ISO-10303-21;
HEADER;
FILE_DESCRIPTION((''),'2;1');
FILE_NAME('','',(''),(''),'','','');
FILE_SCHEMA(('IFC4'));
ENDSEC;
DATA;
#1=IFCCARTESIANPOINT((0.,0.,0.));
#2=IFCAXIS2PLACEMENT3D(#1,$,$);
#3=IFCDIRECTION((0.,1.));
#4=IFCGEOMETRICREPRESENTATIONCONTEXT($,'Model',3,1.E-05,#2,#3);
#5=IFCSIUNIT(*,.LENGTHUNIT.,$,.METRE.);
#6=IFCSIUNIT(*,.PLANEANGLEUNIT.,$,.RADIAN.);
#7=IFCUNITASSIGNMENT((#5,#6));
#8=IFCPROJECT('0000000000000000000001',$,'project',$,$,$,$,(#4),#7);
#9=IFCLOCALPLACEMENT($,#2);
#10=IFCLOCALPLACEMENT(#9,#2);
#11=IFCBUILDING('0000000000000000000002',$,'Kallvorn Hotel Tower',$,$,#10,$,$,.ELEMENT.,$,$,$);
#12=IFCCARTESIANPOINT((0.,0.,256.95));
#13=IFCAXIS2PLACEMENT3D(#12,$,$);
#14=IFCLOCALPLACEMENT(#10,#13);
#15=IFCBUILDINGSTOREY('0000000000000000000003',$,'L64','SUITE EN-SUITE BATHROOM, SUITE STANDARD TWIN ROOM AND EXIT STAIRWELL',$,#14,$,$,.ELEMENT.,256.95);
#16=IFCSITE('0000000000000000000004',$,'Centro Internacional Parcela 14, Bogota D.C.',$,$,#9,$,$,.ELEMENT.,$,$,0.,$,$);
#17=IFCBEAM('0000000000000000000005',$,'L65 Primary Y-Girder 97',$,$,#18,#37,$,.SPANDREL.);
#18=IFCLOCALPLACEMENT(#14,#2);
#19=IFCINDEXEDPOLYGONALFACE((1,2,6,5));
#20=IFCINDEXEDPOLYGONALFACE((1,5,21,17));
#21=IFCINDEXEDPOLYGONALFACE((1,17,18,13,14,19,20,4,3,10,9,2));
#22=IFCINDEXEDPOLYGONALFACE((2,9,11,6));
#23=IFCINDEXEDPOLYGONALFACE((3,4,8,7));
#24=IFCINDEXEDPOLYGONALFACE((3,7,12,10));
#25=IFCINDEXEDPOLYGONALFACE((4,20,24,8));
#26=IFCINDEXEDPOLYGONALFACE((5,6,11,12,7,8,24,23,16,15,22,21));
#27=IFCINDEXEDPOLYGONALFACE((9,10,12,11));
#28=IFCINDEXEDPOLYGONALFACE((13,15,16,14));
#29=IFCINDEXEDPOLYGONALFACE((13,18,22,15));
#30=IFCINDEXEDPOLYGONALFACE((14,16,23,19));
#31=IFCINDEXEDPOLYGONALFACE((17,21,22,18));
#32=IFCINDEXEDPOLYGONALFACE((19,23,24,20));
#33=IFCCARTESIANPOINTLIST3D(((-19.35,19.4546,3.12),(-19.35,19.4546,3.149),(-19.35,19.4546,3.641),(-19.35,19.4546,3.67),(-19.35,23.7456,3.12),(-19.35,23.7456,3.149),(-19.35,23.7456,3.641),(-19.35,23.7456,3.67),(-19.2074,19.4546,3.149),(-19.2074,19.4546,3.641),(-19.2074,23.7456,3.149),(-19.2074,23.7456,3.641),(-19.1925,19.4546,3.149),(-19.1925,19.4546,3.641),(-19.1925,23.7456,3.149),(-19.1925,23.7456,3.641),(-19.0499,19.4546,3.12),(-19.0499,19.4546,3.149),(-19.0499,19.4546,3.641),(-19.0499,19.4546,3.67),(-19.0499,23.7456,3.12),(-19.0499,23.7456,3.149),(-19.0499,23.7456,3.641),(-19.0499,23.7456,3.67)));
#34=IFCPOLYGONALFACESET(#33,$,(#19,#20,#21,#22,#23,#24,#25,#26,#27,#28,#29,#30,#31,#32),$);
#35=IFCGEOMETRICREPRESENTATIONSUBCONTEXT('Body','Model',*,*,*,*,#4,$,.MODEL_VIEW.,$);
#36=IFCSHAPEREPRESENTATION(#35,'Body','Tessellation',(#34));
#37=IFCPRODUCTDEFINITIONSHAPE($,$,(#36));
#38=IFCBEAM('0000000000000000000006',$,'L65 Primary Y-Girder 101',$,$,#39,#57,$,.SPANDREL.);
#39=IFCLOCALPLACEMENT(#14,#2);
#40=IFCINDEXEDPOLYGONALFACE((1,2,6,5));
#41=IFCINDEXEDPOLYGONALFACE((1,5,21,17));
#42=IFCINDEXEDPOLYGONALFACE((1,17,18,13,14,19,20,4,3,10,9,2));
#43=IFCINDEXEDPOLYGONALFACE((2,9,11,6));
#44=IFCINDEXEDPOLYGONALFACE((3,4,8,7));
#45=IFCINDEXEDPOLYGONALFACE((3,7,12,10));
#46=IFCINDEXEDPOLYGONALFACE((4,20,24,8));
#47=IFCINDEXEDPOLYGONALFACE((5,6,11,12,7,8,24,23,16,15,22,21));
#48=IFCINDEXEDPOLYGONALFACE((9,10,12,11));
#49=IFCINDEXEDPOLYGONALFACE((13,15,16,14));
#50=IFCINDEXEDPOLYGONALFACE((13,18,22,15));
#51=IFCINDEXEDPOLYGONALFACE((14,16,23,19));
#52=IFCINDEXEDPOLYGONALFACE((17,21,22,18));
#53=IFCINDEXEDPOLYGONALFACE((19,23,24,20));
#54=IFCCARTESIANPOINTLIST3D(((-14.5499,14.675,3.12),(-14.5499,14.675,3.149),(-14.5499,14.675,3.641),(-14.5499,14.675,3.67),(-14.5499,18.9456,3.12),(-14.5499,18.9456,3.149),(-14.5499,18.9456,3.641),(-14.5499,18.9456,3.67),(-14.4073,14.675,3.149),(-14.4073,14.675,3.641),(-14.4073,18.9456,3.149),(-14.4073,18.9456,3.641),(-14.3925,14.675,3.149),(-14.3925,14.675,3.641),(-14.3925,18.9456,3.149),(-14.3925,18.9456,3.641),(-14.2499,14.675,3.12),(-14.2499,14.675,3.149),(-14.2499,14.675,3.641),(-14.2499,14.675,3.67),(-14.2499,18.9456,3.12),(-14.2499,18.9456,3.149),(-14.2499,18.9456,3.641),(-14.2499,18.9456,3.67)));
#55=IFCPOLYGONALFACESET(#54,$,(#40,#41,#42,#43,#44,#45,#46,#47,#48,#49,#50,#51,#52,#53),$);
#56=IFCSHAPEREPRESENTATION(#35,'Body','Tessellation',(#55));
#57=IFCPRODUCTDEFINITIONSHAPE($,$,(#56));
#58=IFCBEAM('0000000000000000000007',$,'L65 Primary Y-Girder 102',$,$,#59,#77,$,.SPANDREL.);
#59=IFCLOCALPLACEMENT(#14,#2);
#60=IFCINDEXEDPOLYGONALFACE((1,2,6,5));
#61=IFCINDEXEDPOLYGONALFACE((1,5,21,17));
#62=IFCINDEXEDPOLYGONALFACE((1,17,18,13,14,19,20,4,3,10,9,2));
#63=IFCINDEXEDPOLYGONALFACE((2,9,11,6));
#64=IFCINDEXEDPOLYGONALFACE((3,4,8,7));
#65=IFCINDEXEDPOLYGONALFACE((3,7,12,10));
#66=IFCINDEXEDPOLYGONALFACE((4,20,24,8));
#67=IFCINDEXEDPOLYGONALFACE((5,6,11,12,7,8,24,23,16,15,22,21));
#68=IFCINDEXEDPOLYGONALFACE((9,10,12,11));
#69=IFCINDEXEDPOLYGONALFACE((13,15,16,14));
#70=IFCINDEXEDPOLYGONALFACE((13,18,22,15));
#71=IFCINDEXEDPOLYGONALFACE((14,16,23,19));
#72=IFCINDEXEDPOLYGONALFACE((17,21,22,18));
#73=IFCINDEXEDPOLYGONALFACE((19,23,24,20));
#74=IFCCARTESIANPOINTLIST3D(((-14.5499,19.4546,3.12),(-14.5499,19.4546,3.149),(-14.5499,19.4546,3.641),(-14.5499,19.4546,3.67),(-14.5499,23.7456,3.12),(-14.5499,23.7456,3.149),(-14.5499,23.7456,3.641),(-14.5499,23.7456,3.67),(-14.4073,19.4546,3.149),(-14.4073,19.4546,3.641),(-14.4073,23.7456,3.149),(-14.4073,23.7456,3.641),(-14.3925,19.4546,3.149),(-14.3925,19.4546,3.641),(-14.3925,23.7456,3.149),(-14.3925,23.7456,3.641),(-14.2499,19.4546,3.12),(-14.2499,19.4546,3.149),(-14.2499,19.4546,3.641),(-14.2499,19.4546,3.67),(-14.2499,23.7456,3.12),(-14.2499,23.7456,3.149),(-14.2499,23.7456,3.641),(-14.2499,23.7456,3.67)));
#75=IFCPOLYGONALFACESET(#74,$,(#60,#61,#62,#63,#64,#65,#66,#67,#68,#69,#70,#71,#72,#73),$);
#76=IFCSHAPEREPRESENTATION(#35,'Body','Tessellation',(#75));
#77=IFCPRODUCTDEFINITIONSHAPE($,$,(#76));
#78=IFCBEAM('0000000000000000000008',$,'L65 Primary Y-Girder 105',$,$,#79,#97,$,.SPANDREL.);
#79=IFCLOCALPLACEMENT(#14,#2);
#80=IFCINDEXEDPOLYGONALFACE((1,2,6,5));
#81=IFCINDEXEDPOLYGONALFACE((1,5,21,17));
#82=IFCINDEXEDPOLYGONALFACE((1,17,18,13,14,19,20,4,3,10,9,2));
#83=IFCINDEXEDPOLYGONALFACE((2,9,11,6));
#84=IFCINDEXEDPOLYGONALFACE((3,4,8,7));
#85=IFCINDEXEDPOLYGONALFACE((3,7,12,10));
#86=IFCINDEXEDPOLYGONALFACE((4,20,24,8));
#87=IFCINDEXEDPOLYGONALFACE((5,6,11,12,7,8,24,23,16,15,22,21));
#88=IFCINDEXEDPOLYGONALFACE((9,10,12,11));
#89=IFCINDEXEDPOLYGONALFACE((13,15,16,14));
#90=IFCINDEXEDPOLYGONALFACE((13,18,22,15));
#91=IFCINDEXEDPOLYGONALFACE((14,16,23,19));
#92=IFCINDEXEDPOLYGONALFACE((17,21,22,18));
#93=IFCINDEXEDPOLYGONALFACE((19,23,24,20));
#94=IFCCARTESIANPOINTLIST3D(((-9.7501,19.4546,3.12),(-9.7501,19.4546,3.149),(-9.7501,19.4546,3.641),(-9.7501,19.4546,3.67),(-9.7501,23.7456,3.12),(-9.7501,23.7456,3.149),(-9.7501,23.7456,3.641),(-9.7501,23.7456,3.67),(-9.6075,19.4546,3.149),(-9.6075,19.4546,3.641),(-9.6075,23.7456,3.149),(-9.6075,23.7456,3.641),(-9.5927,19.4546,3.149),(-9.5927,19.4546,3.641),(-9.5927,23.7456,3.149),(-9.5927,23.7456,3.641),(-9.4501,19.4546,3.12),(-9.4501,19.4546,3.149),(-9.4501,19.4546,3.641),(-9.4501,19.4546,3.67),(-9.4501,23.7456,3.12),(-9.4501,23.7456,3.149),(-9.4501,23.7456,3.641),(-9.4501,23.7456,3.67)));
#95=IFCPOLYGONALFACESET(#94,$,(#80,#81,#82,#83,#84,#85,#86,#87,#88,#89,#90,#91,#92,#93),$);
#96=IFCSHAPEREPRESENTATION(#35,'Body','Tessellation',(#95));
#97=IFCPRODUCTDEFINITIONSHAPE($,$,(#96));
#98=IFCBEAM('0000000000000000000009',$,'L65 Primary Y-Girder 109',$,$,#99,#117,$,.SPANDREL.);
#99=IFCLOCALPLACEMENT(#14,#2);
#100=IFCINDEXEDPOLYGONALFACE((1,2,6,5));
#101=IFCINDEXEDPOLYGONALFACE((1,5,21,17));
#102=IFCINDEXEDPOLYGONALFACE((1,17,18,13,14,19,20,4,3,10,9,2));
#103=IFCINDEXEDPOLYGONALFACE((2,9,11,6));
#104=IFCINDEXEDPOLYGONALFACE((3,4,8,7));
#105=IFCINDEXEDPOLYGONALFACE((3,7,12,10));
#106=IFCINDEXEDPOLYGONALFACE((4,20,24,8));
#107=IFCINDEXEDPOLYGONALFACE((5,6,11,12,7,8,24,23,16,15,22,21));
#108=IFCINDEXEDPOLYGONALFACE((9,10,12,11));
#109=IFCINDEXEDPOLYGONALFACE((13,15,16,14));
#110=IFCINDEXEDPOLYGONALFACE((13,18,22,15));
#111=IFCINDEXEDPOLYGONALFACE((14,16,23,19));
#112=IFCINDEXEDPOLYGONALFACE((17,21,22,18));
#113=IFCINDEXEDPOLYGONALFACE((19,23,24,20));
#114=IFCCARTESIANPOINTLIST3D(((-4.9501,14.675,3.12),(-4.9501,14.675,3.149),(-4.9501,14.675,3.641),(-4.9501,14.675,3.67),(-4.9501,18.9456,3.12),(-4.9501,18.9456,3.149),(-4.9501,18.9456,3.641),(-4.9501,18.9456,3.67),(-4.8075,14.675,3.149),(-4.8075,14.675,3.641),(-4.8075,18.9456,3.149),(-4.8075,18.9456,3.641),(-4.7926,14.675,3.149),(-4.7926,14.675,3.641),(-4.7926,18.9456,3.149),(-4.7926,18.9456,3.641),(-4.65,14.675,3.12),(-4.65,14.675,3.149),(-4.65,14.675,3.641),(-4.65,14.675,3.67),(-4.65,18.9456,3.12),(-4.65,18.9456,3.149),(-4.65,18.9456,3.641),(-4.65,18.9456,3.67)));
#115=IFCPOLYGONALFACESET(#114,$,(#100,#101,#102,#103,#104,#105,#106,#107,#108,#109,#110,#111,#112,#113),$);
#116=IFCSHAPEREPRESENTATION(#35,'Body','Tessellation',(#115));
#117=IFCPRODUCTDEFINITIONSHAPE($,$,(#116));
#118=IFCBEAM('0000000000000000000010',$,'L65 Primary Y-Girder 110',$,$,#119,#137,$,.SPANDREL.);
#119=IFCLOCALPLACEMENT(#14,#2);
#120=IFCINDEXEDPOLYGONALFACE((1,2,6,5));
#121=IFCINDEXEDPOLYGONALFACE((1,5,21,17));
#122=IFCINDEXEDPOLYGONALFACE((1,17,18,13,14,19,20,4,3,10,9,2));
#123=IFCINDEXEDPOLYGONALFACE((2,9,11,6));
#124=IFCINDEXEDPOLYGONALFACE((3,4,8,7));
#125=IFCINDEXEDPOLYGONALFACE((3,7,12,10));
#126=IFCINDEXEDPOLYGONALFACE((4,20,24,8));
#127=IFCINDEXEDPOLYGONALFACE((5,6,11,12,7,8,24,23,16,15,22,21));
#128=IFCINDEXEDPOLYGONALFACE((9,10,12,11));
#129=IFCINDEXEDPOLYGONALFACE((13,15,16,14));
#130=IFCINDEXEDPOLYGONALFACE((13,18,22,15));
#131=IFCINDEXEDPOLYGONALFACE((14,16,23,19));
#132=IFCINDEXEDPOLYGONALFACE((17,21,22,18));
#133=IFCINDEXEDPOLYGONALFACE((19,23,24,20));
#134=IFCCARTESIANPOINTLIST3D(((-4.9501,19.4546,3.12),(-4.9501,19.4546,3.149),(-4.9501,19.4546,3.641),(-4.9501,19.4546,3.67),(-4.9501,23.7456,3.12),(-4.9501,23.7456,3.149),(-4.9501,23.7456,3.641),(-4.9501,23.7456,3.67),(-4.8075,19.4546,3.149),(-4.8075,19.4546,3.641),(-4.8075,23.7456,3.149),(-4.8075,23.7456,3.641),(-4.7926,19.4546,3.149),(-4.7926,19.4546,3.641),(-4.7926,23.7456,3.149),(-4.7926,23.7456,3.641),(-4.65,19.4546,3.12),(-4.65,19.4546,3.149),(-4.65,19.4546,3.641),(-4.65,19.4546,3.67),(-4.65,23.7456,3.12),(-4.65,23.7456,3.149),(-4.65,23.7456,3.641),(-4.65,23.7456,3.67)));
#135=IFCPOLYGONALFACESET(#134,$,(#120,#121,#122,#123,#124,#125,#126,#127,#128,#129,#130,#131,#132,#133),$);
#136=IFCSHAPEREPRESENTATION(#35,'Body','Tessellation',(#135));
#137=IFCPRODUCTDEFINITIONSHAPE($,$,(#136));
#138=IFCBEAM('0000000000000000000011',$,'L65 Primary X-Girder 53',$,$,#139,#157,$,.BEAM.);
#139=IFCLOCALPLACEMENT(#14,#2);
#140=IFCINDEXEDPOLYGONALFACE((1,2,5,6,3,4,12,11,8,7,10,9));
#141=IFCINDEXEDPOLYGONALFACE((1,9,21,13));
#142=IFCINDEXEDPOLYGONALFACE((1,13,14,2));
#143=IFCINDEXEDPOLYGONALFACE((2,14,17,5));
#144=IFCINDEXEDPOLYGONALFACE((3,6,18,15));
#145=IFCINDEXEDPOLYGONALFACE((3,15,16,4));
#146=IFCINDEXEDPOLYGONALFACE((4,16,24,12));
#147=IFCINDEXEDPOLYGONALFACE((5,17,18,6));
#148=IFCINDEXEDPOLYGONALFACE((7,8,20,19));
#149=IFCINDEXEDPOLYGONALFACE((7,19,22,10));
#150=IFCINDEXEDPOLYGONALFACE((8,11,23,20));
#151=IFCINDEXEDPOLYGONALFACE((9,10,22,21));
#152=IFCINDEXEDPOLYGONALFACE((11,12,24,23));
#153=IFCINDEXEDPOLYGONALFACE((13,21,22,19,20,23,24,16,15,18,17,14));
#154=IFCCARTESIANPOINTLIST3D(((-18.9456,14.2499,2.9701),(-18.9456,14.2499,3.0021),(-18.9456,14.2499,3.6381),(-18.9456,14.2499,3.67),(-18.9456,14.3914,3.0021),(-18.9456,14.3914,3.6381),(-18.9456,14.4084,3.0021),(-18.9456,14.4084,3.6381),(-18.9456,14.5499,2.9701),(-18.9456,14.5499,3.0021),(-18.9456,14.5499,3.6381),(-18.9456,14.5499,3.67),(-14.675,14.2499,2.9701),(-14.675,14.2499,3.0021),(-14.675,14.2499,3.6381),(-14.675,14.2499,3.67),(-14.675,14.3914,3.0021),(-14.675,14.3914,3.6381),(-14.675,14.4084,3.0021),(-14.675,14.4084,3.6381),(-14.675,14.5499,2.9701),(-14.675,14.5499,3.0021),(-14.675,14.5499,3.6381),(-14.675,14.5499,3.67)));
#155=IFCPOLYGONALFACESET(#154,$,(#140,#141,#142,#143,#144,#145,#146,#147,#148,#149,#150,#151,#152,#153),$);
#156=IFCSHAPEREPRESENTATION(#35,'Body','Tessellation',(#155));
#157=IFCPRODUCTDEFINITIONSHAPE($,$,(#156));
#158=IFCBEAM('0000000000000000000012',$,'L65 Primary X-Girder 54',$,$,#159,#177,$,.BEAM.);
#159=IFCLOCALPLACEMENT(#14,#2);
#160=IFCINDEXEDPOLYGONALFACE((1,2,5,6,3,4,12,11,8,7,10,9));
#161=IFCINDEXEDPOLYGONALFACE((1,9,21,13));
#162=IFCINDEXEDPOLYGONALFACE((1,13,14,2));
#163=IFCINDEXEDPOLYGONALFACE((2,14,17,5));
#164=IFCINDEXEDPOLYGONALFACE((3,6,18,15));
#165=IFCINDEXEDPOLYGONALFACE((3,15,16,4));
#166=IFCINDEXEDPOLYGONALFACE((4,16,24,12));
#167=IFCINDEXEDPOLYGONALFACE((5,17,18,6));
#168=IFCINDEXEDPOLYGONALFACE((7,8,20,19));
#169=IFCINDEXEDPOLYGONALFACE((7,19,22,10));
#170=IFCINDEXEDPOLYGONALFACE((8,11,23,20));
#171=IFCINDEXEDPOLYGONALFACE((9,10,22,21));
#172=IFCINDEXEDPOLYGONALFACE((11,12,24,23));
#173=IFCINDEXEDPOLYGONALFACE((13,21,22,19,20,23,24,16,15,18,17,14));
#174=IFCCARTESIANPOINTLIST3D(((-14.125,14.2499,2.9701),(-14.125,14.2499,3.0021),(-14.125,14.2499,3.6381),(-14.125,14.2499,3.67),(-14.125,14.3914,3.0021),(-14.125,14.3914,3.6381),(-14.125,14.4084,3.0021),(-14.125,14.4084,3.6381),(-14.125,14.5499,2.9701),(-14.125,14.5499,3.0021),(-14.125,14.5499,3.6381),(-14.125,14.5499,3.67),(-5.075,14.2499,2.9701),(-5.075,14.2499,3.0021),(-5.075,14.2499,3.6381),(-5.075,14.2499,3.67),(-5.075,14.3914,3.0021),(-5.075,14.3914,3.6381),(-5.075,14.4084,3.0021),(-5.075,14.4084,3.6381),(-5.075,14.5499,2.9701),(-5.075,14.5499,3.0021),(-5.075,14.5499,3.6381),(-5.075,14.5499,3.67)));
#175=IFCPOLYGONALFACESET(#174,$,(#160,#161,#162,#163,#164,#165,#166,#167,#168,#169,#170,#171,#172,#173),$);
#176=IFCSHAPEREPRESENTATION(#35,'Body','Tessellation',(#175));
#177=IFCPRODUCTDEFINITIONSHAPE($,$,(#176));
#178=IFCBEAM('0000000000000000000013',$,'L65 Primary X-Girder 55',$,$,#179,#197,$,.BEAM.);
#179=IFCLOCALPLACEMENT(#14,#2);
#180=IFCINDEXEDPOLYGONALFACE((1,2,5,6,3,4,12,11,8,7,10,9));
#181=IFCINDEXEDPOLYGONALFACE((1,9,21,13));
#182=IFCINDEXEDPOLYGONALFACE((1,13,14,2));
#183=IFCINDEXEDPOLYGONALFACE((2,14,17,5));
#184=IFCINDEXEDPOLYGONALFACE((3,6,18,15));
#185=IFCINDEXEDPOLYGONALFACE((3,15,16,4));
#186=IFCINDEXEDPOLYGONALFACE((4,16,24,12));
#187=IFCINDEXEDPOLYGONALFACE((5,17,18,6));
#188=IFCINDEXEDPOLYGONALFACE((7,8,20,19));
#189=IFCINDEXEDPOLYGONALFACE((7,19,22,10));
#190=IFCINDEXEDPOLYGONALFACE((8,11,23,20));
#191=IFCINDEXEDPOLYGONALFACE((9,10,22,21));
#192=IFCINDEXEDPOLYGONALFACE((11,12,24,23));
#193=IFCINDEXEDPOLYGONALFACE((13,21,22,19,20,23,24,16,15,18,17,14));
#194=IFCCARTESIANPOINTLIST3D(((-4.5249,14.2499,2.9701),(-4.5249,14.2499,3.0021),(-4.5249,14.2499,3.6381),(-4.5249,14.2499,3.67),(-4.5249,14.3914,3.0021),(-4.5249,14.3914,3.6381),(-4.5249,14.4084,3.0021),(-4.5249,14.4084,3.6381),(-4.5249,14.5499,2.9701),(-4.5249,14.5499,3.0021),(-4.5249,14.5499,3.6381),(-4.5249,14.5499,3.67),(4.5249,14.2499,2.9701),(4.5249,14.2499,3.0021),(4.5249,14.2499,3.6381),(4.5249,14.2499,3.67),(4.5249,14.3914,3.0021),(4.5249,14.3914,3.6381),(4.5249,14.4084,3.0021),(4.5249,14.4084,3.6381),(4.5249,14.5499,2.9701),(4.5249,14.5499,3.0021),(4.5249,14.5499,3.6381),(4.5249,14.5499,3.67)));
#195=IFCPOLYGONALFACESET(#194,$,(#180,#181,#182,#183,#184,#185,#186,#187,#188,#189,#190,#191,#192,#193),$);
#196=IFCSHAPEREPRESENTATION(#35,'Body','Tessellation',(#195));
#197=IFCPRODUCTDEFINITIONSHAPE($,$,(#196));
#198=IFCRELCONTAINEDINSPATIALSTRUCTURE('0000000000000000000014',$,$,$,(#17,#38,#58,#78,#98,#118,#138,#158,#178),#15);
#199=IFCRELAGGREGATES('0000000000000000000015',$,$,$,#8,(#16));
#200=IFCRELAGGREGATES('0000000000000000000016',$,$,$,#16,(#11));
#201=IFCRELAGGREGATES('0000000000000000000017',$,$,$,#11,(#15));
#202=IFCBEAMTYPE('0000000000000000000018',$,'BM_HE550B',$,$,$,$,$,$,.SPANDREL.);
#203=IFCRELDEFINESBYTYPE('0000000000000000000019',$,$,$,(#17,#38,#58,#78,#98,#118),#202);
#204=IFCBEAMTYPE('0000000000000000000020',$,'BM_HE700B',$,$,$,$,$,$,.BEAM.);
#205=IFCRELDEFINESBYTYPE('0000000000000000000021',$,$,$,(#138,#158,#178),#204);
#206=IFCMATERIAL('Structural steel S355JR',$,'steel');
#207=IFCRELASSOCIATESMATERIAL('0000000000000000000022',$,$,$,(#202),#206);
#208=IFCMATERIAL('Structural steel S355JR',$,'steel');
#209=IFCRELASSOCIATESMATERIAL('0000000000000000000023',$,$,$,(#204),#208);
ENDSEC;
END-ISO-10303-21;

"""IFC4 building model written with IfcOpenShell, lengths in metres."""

from ifc_helpers import new_model, si_unit, direction, frame, origin, origin_2d, place, context, subcontext, project, spatial, i_section, extrude, material, material_profile, profile_set, type_object, element, save


model = new_model("IFC4")

# Units and contexts
model_context = context("Model", 3, precision=1e-05, world=origin(), true_north=direction((0.0, 1.0)))
body_context = subcontext(model_context, "Body", "Model", "MODEL_VIEW")
ifc_project = project(units=[si_unit("LENGTHUNIT", "METRE"), si_unit("PLANEANGLEUNIT", "RADIAN")], contexts=[model_context])

# Site, building, storey
site_placement = place(None, origin())
site = spatial("IfcSite", under=ifc_project, at=site_placement, Name="Centro Internacional Parcela 14, Bogota D.C.", CompositionType="ELEMENT", RefElevation=0.0)
building_placement = place(site_placement, origin())
building = spatial("IfcBuilding", under=site, at=building_placement, Name="Kallvorn Hotel Tower", CompositionType="ELEMENT")
storey_placement = place(building_placement, frame((0.0, 0.0, 256.95)))
storey = spatial("IfcBuildingStorey", under=building, at=storey_placement, Name="L64", Description="SUITE EN-SUITE BATHROOM, SUITE STANDARD TWIN ROOM AND EXIT STAIRWELL", CompositionType="ELEMENT", Elevation=256.95)

# Beams
ifc_material_1 = material(Name="Structural steel S355JR", Category="steel")
ifc_material_profile_1 = material_profile(ifc_material_1, i_section(OverallWidth=0.3, OverallDepth=0.55, WebThickness=0.0149, FlangeThickness=0.0291, at=origin_2d()), Name="HE 550 B")
ifc_profile_set_1 = profile_set([ifc_material_profile_1], Name="Structural steel S355JR")
beam_type_1 = type_object("IfcBeamType", Name="BM_HE550B", PredefinedType="SPANDREL", material=ifc_profile_set_1)
beam_1_placement = place(storey_placement, frame((-19.2, 19.4546, 3.395), z_axis=(0.0, 1.0, 0.0), x_axis=(-1.0, 0.0, 0.0)))
element("IfcBeam", 1, at=beam_1_placement, inside=storey, type_object=beam_type_1, Name="L65 Primary Y-Girder 97", PredefinedType="SPANDREL", context=body_context, shape_type="SweptSolid", body=[
    extrude(i_section(OverallWidth=0.3, OverallDepth=0.55, WebThickness=0.0149, FlangeThickness=0.0291, at=origin_2d()), origin(), (0.0, 0.0, 1.0), 4.291),
])
beam_2_placement = place(storey_placement, frame((-14.3999, 14.675, 3.395), z_axis=(0.0, 1.0, 0.0), x_axis=(-1.0, 0.0, 0.0)))
element("IfcBeam", 2, at=beam_2_placement, inside=storey, type_object=beam_type_1, Name="L65 Primary Y-Girder 101", PredefinedType="SPANDREL", context=body_context, shape_type="SweptSolid", body=[
    extrude(i_section(OverallWidth=0.3, OverallDepth=0.55, WebThickness=0.0149, FlangeThickness=0.0291, at=origin_2d()), origin(), (0.0, 0.0, 1.0), 4.2705),
])
for number, where, z_axis, x_axis, name in (
    (3, (-14.3999, 19.4546, 3.395), (0.0, 1.0, 0.0), (-1.0, 0.0, 0.0), "L65 Primary Y-Girder 102"),
    (4, (-9.6001, 19.4546, 3.395), (0.0, 1.0, 0.0), (-1.0, 0.0, 0.0), "L65 Primary Y-Girder 105"),
):
    element("IfcBeam", number, at=place(storey_placement, frame(where, z_axis=z_axis, x_axis=x_axis)), inside=storey, type_object=beam_type_1, Name=name, PredefinedType="SPANDREL", context=body_context, shape_type="SweptSolid", body=[
        extrude(i_section(OverallWidth=0.3, OverallDepth=0.55, WebThickness=0.0149, FlangeThickness=0.0291, at=origin_2d()), origin(), (0.0, 0.0, 1.0), 4.291),
    ])
beam_3_placement = place(storey_placement, frame((-4.8, 14.675, 3.395), z_axis=(0.0, 1.0, 0.0), x_axis=(-1.0, 0.0, 0.0)))
element("IfcBeam", 5, at=beam_3_placement, inside=storey, type_object=beam_type_1, Name="L65 Primary Y-Girder 109", PredefinedType="SPANDREL", context=body_context, shape_type="SweptSolid", body=[
    extrude(i_section(OverallWidth=0.3, OverallDepth=0.55, WebThickness=0.0149, FlangeThickness=0.0291, at=origin_2d()), origin(), (0.0, 0.0, 1.0), 4.2705),
])
beam_4_placement = place(storey_placement, frame((-4.8, 19.4546, 3.395), z_axis=(0.0, 1.0, 0.0), x_axis=(-1.0, 0.0, 0.0)))
element("IfcBeam", 6, at=beam_4_placement, inside=storey, type_object=beam_type_1, Name="L65 Primary Y-Girder 110", PredefinedType="SPANDREL", context=body_context, shape_type="SweptSolid", body=[
    extrude(i_section(OverallWidth=0.3, OverallDepth=0.55, WebThickness=0.0149, FlangeThickness=0.0291, at=origin_2d()), origin(), (0.0, 0.0, 1.0), 4.291),
])
ifc_material_2 = material(Name="Structural steel S355JR", Category="steel")
ifc_material_profile_2 = material_profile(ifc_material_2, i_section(OverallWidth=0.3, OverallDepth=0.7, WebThickness=0.0171, FlangeThickness=0.032, at=origin_2d()), Name="HE 700 B")
ifc_profile_set_2 = profile_set([ifc_material_profile_2], Name="Structural steel S355JR")
beam_type_2 = type_object("IfcBeamType", Name="BM_HE700B", PredefinedType="BEAM", material=ifc_profile_set_2)
beam_5_placement = place(storey_placement, frame((-18.9456, 14.3999, 3.3201), z_axis=(1.0, 0.0, 0.0), x_axis=(0.0, 1.0, 0.0)))
element("IfcBeam", 7, at=beam_5_placement, inside=storey, type_object=beam_type_2, Name="L65 Primary X-Girder 53", PredefinedType="BEAM", context=body_context, shape_type="SweptSolid", body=[
    extrude(i_section(OverallWidth=0.3, OverallDepth=0.7, WebThickness=0.0171, FlangeThickness=0.032, at=origin_2d()), origin(), (0.0, 0.0, 1.0), 4.2705),
])
beam_6_placement = place(storey_placement, frame((-14.125, 14.3999, 3.3201), z_axis=(1.0, 0.0, 0.0), x_axis=(0.0, 1.0, 0.0)))
element("IfcBeam", 8, at=beam_6_placement, inside=storey, type_object=beam_type_2, Name="L65 Primary X-Girder 54", PredefinedType="BEAM", context=body_context, shape_type="SweptSolid", body=[
    extrude(i_section(OverallWidth=0.3, OverallDepth=0.7, WebThickness=0.0171, FlangeThickness=0.032, at=origin_2d()), origin(), (0.0, 0.0, 1.0), 9.05),
])
beam_7_placement = place(storey_placement, frame((-4.5249, 14.3999, 3.3201), z_axis=(1.0, 0.0, 0.0), x_axis=(0.0, 1.0, 0.0)))
element("IfcBeam", 9, at=beam_7_placement, inside=storey, type_object=beam_type_2, Name="L65 Primary X-Girder 55", PredefinedType="BEAM", context=body_context, shape_type="SweptSolid", body=[
    extrude(i_section(OverallWidth=0.3, OverallDepth=0.7, WebThickness=0.0171, FlangeThickness=0.032, at=origin_2d()), origin(), (0.0, 0.0, 1.0), 9.0498),
])

save(model, "model.ifc")
